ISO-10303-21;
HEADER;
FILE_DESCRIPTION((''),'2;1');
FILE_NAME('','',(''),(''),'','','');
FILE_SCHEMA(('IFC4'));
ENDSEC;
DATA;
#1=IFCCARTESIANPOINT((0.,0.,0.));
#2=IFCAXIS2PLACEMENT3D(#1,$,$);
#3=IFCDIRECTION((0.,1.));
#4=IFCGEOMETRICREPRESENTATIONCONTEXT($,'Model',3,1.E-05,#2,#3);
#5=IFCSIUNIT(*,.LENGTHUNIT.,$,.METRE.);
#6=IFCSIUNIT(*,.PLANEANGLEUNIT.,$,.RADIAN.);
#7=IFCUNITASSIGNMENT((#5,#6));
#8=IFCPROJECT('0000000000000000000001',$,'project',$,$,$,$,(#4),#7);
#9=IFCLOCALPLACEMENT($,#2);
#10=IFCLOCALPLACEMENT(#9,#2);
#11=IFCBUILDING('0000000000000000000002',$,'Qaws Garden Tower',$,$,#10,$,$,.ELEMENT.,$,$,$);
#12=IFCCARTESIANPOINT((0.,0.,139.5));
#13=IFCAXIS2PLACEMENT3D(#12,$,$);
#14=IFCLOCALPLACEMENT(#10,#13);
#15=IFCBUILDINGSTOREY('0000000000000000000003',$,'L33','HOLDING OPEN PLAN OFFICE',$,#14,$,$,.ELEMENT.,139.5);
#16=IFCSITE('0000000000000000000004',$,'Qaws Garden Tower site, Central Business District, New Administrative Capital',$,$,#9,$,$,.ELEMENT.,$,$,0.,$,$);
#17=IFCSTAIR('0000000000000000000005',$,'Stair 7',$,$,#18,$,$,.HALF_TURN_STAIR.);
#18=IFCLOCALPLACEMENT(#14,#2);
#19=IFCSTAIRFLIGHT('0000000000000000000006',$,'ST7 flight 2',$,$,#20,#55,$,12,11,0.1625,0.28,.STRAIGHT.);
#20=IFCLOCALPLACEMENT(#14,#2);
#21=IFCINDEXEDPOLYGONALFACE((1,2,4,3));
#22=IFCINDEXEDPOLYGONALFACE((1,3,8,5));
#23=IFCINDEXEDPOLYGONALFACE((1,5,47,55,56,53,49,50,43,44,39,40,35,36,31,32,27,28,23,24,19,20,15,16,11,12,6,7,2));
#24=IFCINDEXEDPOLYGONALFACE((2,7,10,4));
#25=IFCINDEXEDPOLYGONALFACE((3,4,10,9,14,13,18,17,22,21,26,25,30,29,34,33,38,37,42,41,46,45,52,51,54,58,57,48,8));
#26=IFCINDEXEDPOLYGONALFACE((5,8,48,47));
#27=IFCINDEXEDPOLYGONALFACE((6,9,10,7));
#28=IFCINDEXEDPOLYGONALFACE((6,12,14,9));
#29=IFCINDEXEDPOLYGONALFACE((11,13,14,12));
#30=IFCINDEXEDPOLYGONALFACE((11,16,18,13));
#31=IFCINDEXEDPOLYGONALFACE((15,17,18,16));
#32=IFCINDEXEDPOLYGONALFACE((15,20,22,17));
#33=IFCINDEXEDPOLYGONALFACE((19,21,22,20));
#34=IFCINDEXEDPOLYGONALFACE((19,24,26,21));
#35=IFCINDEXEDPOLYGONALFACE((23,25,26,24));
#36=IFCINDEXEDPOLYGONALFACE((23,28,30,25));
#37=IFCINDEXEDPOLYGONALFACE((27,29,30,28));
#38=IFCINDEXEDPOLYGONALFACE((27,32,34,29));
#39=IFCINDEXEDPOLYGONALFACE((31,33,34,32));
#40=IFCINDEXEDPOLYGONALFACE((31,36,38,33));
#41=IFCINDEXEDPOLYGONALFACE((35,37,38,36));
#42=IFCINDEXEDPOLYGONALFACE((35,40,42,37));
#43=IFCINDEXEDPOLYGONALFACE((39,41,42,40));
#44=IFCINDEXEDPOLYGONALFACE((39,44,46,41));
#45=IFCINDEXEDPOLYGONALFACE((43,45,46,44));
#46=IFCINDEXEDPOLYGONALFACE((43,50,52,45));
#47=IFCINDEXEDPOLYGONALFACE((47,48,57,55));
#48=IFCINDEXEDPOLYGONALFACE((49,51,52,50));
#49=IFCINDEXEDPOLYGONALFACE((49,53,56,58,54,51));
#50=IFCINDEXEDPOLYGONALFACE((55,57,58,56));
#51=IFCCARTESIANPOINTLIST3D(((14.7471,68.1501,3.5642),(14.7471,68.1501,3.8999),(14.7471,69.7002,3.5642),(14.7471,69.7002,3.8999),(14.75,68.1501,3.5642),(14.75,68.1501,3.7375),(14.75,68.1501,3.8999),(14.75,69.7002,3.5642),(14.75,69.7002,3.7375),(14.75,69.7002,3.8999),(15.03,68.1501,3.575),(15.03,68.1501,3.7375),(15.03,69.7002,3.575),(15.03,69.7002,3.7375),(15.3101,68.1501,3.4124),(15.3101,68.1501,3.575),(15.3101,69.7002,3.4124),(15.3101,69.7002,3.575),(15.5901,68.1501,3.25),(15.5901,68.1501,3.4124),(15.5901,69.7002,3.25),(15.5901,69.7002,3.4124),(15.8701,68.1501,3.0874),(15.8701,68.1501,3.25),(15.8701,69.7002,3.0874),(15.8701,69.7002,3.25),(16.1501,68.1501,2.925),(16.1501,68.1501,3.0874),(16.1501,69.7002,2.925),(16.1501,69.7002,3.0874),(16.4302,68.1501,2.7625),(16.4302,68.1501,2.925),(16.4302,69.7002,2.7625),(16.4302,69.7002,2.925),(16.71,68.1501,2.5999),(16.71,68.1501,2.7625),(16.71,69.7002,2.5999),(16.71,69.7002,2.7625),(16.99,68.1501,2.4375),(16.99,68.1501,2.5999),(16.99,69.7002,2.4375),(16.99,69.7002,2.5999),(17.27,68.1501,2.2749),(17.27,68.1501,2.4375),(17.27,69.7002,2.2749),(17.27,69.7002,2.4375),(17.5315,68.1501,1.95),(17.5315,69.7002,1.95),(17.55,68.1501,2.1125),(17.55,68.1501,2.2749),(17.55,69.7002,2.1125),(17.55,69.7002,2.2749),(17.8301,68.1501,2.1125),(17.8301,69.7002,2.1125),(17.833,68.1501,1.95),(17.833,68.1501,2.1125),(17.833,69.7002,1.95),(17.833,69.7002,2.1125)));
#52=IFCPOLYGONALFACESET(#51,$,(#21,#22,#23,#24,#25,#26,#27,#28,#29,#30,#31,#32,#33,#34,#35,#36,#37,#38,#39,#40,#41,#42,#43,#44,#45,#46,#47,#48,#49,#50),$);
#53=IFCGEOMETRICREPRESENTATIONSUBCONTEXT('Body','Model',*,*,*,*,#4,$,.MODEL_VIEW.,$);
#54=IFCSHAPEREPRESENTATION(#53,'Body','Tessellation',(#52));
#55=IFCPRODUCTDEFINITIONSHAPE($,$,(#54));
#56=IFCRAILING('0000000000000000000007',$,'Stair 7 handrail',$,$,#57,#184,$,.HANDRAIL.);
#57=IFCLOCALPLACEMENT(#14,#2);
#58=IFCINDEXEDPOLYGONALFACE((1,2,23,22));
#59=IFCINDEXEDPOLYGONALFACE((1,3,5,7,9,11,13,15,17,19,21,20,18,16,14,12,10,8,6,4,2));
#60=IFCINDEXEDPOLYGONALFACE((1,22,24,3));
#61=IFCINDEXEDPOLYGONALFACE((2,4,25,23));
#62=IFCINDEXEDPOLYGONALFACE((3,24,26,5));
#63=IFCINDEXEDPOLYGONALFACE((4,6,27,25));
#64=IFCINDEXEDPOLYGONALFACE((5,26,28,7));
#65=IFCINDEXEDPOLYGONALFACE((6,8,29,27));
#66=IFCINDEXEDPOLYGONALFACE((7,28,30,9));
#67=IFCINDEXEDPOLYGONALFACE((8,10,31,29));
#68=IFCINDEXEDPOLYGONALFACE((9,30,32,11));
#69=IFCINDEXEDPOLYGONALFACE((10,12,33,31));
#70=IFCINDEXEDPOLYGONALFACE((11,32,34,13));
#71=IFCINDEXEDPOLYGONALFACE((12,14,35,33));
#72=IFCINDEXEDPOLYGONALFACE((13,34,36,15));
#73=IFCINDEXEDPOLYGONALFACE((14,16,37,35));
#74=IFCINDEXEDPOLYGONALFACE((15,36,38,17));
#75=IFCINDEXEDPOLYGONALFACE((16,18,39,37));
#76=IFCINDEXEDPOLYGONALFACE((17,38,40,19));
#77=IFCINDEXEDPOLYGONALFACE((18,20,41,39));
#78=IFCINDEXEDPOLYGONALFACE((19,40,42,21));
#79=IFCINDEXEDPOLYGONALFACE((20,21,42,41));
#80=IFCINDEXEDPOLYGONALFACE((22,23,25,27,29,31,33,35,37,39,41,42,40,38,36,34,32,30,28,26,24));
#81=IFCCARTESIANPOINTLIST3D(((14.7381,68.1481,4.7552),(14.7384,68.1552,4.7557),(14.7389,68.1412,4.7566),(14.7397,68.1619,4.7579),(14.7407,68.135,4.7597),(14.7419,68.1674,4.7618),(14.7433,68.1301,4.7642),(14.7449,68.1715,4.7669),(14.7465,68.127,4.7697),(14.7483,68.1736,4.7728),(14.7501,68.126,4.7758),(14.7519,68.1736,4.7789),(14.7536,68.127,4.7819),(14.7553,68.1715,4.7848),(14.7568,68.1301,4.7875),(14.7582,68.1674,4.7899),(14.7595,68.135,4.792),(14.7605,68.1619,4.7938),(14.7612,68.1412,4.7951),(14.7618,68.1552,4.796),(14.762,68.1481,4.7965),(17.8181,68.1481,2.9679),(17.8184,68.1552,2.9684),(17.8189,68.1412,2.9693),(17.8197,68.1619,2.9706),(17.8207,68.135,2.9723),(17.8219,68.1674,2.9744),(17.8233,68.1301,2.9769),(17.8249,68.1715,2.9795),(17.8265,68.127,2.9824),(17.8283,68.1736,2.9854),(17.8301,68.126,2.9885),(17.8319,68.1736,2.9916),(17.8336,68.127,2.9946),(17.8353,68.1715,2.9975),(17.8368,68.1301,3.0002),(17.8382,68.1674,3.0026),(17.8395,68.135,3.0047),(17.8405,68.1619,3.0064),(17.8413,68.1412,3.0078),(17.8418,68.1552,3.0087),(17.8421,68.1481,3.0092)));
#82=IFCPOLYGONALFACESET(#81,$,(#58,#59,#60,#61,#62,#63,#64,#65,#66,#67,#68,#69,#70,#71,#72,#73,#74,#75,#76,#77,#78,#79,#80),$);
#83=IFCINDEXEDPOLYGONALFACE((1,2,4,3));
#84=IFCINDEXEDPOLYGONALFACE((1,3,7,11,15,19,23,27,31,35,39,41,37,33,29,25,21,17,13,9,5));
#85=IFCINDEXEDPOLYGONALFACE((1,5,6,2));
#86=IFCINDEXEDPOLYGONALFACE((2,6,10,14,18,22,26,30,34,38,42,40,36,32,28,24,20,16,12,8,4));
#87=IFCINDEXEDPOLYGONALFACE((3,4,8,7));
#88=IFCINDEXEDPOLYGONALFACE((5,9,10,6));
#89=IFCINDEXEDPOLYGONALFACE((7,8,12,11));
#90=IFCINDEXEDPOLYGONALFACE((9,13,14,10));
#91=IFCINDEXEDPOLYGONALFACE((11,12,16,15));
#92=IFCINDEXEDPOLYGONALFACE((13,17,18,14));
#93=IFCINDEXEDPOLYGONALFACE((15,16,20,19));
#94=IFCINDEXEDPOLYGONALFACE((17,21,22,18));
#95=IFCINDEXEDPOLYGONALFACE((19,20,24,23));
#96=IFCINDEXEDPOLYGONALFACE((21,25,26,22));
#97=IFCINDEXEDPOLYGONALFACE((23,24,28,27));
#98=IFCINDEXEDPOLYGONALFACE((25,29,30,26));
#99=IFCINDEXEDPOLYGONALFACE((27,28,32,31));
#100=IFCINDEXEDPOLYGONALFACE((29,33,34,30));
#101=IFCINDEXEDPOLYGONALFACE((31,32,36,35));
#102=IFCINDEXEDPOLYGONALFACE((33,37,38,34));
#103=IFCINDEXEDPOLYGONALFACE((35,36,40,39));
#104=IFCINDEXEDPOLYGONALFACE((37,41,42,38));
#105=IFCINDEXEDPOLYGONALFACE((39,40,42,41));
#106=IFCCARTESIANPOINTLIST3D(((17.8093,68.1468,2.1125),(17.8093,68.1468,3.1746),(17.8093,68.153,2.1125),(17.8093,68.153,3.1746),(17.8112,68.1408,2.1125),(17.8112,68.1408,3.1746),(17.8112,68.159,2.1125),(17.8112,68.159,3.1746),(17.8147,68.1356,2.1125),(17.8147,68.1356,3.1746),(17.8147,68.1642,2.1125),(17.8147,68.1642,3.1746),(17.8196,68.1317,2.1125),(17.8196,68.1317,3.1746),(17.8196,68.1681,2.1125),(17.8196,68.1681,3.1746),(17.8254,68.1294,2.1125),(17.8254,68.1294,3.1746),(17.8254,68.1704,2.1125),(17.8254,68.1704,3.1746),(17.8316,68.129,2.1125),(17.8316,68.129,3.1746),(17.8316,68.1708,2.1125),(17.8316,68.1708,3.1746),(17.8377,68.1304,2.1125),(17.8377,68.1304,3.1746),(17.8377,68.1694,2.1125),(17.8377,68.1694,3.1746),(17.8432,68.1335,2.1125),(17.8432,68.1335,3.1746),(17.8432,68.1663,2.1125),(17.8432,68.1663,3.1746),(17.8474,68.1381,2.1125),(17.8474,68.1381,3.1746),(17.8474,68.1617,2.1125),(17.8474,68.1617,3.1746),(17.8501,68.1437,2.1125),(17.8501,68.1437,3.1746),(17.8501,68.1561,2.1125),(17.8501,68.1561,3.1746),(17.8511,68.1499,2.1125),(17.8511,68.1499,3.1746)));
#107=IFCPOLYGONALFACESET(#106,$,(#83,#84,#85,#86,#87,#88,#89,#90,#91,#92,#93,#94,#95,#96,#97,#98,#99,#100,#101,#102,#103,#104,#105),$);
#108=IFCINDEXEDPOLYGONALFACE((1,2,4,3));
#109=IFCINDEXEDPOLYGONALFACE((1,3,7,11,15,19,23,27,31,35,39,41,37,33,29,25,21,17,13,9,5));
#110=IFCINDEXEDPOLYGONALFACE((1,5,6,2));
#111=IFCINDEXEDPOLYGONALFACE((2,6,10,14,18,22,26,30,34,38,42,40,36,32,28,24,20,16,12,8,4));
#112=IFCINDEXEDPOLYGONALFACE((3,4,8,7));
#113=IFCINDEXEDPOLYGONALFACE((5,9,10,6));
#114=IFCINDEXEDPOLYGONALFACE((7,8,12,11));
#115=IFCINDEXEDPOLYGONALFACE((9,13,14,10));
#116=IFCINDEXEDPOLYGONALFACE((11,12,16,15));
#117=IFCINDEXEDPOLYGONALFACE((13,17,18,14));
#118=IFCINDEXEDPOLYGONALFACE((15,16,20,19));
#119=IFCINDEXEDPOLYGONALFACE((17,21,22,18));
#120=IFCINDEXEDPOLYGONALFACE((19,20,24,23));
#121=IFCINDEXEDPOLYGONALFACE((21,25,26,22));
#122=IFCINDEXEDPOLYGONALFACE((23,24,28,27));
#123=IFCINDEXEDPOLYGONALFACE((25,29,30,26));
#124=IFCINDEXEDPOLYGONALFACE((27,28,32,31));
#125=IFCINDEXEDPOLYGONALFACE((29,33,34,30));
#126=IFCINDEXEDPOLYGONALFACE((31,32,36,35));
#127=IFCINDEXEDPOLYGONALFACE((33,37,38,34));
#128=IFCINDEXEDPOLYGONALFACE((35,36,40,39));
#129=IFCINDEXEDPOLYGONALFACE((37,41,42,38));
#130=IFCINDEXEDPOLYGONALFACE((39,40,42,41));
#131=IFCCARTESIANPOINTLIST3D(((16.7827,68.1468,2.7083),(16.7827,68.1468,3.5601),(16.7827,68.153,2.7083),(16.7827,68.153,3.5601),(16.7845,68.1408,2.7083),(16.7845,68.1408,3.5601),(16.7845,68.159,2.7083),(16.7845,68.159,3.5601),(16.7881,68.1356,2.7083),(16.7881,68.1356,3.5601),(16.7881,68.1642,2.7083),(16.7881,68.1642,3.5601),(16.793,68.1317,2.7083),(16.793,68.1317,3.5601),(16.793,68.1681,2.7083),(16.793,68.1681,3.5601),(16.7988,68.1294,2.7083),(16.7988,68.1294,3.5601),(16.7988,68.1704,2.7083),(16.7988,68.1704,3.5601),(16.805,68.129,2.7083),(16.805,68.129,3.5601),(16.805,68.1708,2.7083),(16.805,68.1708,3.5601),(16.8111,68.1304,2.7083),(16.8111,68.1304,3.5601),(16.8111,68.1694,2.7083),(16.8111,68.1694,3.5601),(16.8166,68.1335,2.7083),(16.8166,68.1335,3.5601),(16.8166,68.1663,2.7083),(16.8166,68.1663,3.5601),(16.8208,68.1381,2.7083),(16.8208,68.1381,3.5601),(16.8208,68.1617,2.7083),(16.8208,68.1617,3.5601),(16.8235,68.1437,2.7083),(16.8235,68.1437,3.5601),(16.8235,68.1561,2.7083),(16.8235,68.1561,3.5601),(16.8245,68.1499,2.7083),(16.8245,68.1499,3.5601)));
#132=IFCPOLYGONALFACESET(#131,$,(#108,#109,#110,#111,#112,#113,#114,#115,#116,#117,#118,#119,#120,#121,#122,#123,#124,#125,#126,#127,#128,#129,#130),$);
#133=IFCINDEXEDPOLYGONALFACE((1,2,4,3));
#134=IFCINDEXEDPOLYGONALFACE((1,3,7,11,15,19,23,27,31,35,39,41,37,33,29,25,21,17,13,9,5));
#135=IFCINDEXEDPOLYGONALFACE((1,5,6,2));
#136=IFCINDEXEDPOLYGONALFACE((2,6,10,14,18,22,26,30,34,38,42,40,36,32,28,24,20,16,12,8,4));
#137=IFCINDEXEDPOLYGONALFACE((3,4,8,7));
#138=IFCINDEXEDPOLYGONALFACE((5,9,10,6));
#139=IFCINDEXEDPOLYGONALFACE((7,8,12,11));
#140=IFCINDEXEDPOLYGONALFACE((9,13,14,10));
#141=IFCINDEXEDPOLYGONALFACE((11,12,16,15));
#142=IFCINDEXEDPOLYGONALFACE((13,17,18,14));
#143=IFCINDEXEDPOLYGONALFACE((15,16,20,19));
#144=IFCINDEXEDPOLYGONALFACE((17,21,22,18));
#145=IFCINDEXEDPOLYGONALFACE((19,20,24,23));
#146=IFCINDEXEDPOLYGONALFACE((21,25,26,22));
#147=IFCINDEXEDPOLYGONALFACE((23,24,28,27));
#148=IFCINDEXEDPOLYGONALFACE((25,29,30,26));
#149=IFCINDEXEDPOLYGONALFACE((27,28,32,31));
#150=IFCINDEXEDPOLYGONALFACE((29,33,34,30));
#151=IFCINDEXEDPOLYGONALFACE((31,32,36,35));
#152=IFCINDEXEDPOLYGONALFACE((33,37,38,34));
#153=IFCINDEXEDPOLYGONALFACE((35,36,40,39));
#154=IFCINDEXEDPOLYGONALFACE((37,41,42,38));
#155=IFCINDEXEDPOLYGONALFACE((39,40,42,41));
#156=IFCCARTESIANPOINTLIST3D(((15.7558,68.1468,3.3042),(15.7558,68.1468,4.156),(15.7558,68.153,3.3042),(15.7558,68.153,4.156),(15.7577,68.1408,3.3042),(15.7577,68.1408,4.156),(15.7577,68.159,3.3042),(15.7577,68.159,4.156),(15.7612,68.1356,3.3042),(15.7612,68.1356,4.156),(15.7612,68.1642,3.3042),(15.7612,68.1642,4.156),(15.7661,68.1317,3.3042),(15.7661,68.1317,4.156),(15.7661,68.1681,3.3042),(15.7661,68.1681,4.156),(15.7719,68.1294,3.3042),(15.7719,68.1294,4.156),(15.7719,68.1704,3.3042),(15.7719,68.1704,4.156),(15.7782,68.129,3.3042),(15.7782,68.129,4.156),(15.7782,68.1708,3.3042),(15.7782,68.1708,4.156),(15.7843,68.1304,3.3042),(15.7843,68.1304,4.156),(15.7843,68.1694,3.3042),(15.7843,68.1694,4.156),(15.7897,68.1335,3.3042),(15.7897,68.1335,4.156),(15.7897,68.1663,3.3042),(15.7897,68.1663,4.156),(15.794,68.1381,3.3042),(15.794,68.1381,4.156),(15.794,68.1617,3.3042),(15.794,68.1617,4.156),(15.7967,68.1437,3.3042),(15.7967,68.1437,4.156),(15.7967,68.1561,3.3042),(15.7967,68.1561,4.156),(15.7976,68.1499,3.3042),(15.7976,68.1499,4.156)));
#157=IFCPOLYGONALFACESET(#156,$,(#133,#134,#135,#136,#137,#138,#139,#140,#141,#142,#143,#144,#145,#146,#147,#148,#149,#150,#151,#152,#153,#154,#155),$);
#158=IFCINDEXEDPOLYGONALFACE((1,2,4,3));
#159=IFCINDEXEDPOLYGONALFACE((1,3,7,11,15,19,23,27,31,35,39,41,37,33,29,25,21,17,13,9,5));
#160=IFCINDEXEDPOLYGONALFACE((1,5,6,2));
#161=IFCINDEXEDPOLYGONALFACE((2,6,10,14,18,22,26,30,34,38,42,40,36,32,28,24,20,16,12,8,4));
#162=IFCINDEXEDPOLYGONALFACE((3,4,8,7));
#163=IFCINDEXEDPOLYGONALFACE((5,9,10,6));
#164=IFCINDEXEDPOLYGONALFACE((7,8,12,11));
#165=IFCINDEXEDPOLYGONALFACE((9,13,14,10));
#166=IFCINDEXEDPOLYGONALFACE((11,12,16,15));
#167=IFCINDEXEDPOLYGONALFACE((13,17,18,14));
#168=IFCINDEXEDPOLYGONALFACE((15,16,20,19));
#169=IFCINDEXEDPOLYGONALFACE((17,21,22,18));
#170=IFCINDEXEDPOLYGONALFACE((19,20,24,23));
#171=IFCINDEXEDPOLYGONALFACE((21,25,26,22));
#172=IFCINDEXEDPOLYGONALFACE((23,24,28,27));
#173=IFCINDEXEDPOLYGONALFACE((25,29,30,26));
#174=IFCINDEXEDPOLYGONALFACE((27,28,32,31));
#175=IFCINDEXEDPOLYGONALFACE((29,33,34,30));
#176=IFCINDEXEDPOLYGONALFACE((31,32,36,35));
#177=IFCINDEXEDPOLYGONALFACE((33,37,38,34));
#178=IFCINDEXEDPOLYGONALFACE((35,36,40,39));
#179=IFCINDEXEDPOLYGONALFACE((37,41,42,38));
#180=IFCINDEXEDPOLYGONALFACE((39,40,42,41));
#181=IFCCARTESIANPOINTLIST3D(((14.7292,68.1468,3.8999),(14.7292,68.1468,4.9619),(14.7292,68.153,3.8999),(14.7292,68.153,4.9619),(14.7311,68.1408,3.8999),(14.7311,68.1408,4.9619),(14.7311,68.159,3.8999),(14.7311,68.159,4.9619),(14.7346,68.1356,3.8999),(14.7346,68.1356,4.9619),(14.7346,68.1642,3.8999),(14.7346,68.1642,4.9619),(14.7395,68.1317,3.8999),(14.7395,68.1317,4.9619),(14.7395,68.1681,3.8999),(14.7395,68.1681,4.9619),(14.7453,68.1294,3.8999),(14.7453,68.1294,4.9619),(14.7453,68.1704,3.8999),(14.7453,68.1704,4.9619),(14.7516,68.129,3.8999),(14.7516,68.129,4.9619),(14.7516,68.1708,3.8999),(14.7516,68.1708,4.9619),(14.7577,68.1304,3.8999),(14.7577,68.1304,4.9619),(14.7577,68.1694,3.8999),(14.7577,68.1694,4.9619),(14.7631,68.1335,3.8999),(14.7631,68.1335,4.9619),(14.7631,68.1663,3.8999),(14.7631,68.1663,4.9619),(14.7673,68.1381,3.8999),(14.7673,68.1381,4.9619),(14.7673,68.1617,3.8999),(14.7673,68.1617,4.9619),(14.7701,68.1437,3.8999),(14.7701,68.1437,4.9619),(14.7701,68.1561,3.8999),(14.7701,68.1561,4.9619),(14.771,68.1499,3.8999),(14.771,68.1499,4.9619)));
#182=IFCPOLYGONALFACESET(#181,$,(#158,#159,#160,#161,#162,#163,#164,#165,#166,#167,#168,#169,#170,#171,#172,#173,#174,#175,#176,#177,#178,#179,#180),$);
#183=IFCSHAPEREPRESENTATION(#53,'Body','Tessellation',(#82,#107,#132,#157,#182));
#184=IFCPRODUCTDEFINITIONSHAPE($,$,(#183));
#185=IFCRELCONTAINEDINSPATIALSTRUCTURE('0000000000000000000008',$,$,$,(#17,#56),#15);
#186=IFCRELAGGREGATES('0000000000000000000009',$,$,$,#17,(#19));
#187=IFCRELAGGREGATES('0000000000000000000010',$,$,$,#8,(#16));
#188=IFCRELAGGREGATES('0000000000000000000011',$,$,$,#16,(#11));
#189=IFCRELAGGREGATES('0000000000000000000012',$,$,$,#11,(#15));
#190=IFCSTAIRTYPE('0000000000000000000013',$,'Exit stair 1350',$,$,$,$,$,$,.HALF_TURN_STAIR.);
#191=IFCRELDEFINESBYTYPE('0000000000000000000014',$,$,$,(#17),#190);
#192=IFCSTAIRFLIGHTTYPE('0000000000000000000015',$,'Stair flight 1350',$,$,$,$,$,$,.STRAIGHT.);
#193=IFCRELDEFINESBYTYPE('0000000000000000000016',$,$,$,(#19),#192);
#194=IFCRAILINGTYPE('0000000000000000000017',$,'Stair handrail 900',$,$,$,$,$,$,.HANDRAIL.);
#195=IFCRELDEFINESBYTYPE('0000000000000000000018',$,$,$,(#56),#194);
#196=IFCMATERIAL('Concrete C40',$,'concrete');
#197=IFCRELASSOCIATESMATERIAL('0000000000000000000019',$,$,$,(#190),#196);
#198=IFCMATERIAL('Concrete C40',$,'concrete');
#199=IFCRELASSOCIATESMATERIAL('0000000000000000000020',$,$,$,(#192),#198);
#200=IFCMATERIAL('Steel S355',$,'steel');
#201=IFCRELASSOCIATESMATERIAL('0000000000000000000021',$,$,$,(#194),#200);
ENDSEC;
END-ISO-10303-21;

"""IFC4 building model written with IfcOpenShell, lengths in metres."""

from ifc_helpers import new_model, si_unit, direction, frame, origin, origin_2d, place, context, subcontext, project, spatial, polyline, circle, outline, extrude, material, type_object, element, aggregate, save


model = new_model("IFC4")

# Units and contexts
model_context = context("Model", 3, precision=1e-05, world=origin(), true_north=direction((0.0, 1.0)))
body_context = subcontext(model_context, "Body", "Model", "MODEL_VIEW")
ifc_project = project(units=[si_unit("LENGTHUNIT", "METRE"), si_unit("PLANEANGLEUNIT", "RADIAN")], contexts=[model_context])

# Site, building, storey
site_placement = place(None, origin())
site = spatial("IfcSite", under=ifc_project, at=site_placement, Name="Qaws Garden Tower site, Central Business District, New Administrative Capital", CompositionType="ELEMENT", RefElevation=0.0)
building_placement = place(site_placement, origin())
building = spatial("IfcBuilding", under=site, at=building_placement, Name="Qaws Garden Tower", CompositionType="ELEMENT")
storey_placement = place(building_placement, frame((0.0, 0.0, 139.5)))
storey = spatial("IfcBuildingStorey", under=building, at=storey_placement, Name="L33", Description="HOLDING OPEN PLAN OFFICE", CompositionType="ELEMENT", Elevation=139.5)

# Stair, stair flight
ifc_material_1 = material(Name="Concrete C40", Category="concrete")
stair_type = type_object("IfcStairType", Name="Exit stair 1350", PredefinedType="HALF_TURN_STAIR", material=ifc_material_1)
stair_placement = place(storey_placement, origin())
stair = element("IfcStair", 1, at=stair_placement, inside=storey, type_object=stair_type, Name="Stair 7", PredefinedType="HALF_TURN_STAIR")
ifc_material_2 = material(Name="Concrete C40", Category="concrete")
stair_flight_type = type_object("IfcStairFlightType", Name="Stair flight 1350", PredefinedType="STRAIGHT", material=ifc_material_2)
stair_flight_placement = place(storey_placement, frame((17.8301, 68.925, 1.95), z_axis=(0.0, 0.0, 1.0), x_axis=(-1.0, 0.0, 0.0)))
stair_flight = element("IfcStairFlight", 2, at=stair_flight_placement, type_object=stair_flight_type, Name="ST7 flight 2", NumberOfRisers=12, NumberOfTreads=11, PredefinedType="STRAIGHT", RiserHeight=0.1625, TreadLength=0.28, context=body_context, shape_type="SweptSolid", body=[
    extrude(outline(polyline([(-0.0029, 0.0), (-0.0029, 0.1626), (0.0, 0.1626), (0.28, 0.1626), (0.28, 0.325), (0.5601, 0.325), (0.5601, 0.4875), (0.8401, 0.4875), (0.8401, 0.6499), (1.1201, 0.6499), (1.1201, 0.8125), (1.3999, 0.8125), (1.3999, 0.9751), (1.6799, 0.9751), (1.6799, 1.1375), (1.96, 1.1375), (1.96, 1.3), (2.24, 1.3), (2.24, 1.4624), (2.52, 1.4624), (2.52, 1.625), (2.8, 1.625), (2.8, 1.7876), (3.0801, 1.7876), (3.0801, 1.95), (3.083, 1.95), (3.083, 1.6143), (3.0801, 1.6143), (0.2986, 0.0), (-0.0029, 0.0)])), frame((0.0, 0.7749, 0.0), z_axis=(0.0, -1.0, 0.0), x_axis=(1.0, 0.0, 0.0)), (0.0, 0.0, 1.0), 1.55),
])
aggregate(stair, [stair_flight])

# Railing
ifc_material_3 = material(Name="Steel S355", Category="steel")
railing_type = type_object("IfcRailingType", Name="Stair handrail 900", PredefinedType="HANDRAIL", material=ifc_material_3)
railing_placement = place(storey_placement, frame((17.8301, 68.1499, 2.1125)))
element("IfcRailing", 3, at=railing_placement, inside=storey, type_object=railing_type, Name="Stair 7 handrail", PredefinedType="HANDRAIL", context=body_context, shape_type="SweptSolid", body=[
    extrude(circle(Radius=0.0239, at=origin_2d()), frame((0.0, 0.0, 0.876), z_axis=(-0.86492, 0.0, 0.501909), x_axis=(0.0, -1.0, 0.0)), (0.0, 0.0, 1.0), 3.561),
    extrude(circle(Radius=0.021, at=origin_2d()), origin(), (0.0, 0.0, 1.0), 1.062),
    extrude(circle(Radius=0.021, at=origin_2d()), frame((-1.0266, 0.0, 0.5957)), (0.0, 0.0, 1.0), 0.8518),
    extrude(circle(Radius=0.021, at=origin_2d()), frame((-2.0535, 0.0, 1.1917)), (0.0, 0.0, 1.0), 0.8518),
    extrude(circle(Radius=0.021, at=origin_2d()), frame((-3.0801, 0.0, 1.7874)), (0.0, 0.0, 1.0), 1.062),
])

save(model, "model.ifc")
